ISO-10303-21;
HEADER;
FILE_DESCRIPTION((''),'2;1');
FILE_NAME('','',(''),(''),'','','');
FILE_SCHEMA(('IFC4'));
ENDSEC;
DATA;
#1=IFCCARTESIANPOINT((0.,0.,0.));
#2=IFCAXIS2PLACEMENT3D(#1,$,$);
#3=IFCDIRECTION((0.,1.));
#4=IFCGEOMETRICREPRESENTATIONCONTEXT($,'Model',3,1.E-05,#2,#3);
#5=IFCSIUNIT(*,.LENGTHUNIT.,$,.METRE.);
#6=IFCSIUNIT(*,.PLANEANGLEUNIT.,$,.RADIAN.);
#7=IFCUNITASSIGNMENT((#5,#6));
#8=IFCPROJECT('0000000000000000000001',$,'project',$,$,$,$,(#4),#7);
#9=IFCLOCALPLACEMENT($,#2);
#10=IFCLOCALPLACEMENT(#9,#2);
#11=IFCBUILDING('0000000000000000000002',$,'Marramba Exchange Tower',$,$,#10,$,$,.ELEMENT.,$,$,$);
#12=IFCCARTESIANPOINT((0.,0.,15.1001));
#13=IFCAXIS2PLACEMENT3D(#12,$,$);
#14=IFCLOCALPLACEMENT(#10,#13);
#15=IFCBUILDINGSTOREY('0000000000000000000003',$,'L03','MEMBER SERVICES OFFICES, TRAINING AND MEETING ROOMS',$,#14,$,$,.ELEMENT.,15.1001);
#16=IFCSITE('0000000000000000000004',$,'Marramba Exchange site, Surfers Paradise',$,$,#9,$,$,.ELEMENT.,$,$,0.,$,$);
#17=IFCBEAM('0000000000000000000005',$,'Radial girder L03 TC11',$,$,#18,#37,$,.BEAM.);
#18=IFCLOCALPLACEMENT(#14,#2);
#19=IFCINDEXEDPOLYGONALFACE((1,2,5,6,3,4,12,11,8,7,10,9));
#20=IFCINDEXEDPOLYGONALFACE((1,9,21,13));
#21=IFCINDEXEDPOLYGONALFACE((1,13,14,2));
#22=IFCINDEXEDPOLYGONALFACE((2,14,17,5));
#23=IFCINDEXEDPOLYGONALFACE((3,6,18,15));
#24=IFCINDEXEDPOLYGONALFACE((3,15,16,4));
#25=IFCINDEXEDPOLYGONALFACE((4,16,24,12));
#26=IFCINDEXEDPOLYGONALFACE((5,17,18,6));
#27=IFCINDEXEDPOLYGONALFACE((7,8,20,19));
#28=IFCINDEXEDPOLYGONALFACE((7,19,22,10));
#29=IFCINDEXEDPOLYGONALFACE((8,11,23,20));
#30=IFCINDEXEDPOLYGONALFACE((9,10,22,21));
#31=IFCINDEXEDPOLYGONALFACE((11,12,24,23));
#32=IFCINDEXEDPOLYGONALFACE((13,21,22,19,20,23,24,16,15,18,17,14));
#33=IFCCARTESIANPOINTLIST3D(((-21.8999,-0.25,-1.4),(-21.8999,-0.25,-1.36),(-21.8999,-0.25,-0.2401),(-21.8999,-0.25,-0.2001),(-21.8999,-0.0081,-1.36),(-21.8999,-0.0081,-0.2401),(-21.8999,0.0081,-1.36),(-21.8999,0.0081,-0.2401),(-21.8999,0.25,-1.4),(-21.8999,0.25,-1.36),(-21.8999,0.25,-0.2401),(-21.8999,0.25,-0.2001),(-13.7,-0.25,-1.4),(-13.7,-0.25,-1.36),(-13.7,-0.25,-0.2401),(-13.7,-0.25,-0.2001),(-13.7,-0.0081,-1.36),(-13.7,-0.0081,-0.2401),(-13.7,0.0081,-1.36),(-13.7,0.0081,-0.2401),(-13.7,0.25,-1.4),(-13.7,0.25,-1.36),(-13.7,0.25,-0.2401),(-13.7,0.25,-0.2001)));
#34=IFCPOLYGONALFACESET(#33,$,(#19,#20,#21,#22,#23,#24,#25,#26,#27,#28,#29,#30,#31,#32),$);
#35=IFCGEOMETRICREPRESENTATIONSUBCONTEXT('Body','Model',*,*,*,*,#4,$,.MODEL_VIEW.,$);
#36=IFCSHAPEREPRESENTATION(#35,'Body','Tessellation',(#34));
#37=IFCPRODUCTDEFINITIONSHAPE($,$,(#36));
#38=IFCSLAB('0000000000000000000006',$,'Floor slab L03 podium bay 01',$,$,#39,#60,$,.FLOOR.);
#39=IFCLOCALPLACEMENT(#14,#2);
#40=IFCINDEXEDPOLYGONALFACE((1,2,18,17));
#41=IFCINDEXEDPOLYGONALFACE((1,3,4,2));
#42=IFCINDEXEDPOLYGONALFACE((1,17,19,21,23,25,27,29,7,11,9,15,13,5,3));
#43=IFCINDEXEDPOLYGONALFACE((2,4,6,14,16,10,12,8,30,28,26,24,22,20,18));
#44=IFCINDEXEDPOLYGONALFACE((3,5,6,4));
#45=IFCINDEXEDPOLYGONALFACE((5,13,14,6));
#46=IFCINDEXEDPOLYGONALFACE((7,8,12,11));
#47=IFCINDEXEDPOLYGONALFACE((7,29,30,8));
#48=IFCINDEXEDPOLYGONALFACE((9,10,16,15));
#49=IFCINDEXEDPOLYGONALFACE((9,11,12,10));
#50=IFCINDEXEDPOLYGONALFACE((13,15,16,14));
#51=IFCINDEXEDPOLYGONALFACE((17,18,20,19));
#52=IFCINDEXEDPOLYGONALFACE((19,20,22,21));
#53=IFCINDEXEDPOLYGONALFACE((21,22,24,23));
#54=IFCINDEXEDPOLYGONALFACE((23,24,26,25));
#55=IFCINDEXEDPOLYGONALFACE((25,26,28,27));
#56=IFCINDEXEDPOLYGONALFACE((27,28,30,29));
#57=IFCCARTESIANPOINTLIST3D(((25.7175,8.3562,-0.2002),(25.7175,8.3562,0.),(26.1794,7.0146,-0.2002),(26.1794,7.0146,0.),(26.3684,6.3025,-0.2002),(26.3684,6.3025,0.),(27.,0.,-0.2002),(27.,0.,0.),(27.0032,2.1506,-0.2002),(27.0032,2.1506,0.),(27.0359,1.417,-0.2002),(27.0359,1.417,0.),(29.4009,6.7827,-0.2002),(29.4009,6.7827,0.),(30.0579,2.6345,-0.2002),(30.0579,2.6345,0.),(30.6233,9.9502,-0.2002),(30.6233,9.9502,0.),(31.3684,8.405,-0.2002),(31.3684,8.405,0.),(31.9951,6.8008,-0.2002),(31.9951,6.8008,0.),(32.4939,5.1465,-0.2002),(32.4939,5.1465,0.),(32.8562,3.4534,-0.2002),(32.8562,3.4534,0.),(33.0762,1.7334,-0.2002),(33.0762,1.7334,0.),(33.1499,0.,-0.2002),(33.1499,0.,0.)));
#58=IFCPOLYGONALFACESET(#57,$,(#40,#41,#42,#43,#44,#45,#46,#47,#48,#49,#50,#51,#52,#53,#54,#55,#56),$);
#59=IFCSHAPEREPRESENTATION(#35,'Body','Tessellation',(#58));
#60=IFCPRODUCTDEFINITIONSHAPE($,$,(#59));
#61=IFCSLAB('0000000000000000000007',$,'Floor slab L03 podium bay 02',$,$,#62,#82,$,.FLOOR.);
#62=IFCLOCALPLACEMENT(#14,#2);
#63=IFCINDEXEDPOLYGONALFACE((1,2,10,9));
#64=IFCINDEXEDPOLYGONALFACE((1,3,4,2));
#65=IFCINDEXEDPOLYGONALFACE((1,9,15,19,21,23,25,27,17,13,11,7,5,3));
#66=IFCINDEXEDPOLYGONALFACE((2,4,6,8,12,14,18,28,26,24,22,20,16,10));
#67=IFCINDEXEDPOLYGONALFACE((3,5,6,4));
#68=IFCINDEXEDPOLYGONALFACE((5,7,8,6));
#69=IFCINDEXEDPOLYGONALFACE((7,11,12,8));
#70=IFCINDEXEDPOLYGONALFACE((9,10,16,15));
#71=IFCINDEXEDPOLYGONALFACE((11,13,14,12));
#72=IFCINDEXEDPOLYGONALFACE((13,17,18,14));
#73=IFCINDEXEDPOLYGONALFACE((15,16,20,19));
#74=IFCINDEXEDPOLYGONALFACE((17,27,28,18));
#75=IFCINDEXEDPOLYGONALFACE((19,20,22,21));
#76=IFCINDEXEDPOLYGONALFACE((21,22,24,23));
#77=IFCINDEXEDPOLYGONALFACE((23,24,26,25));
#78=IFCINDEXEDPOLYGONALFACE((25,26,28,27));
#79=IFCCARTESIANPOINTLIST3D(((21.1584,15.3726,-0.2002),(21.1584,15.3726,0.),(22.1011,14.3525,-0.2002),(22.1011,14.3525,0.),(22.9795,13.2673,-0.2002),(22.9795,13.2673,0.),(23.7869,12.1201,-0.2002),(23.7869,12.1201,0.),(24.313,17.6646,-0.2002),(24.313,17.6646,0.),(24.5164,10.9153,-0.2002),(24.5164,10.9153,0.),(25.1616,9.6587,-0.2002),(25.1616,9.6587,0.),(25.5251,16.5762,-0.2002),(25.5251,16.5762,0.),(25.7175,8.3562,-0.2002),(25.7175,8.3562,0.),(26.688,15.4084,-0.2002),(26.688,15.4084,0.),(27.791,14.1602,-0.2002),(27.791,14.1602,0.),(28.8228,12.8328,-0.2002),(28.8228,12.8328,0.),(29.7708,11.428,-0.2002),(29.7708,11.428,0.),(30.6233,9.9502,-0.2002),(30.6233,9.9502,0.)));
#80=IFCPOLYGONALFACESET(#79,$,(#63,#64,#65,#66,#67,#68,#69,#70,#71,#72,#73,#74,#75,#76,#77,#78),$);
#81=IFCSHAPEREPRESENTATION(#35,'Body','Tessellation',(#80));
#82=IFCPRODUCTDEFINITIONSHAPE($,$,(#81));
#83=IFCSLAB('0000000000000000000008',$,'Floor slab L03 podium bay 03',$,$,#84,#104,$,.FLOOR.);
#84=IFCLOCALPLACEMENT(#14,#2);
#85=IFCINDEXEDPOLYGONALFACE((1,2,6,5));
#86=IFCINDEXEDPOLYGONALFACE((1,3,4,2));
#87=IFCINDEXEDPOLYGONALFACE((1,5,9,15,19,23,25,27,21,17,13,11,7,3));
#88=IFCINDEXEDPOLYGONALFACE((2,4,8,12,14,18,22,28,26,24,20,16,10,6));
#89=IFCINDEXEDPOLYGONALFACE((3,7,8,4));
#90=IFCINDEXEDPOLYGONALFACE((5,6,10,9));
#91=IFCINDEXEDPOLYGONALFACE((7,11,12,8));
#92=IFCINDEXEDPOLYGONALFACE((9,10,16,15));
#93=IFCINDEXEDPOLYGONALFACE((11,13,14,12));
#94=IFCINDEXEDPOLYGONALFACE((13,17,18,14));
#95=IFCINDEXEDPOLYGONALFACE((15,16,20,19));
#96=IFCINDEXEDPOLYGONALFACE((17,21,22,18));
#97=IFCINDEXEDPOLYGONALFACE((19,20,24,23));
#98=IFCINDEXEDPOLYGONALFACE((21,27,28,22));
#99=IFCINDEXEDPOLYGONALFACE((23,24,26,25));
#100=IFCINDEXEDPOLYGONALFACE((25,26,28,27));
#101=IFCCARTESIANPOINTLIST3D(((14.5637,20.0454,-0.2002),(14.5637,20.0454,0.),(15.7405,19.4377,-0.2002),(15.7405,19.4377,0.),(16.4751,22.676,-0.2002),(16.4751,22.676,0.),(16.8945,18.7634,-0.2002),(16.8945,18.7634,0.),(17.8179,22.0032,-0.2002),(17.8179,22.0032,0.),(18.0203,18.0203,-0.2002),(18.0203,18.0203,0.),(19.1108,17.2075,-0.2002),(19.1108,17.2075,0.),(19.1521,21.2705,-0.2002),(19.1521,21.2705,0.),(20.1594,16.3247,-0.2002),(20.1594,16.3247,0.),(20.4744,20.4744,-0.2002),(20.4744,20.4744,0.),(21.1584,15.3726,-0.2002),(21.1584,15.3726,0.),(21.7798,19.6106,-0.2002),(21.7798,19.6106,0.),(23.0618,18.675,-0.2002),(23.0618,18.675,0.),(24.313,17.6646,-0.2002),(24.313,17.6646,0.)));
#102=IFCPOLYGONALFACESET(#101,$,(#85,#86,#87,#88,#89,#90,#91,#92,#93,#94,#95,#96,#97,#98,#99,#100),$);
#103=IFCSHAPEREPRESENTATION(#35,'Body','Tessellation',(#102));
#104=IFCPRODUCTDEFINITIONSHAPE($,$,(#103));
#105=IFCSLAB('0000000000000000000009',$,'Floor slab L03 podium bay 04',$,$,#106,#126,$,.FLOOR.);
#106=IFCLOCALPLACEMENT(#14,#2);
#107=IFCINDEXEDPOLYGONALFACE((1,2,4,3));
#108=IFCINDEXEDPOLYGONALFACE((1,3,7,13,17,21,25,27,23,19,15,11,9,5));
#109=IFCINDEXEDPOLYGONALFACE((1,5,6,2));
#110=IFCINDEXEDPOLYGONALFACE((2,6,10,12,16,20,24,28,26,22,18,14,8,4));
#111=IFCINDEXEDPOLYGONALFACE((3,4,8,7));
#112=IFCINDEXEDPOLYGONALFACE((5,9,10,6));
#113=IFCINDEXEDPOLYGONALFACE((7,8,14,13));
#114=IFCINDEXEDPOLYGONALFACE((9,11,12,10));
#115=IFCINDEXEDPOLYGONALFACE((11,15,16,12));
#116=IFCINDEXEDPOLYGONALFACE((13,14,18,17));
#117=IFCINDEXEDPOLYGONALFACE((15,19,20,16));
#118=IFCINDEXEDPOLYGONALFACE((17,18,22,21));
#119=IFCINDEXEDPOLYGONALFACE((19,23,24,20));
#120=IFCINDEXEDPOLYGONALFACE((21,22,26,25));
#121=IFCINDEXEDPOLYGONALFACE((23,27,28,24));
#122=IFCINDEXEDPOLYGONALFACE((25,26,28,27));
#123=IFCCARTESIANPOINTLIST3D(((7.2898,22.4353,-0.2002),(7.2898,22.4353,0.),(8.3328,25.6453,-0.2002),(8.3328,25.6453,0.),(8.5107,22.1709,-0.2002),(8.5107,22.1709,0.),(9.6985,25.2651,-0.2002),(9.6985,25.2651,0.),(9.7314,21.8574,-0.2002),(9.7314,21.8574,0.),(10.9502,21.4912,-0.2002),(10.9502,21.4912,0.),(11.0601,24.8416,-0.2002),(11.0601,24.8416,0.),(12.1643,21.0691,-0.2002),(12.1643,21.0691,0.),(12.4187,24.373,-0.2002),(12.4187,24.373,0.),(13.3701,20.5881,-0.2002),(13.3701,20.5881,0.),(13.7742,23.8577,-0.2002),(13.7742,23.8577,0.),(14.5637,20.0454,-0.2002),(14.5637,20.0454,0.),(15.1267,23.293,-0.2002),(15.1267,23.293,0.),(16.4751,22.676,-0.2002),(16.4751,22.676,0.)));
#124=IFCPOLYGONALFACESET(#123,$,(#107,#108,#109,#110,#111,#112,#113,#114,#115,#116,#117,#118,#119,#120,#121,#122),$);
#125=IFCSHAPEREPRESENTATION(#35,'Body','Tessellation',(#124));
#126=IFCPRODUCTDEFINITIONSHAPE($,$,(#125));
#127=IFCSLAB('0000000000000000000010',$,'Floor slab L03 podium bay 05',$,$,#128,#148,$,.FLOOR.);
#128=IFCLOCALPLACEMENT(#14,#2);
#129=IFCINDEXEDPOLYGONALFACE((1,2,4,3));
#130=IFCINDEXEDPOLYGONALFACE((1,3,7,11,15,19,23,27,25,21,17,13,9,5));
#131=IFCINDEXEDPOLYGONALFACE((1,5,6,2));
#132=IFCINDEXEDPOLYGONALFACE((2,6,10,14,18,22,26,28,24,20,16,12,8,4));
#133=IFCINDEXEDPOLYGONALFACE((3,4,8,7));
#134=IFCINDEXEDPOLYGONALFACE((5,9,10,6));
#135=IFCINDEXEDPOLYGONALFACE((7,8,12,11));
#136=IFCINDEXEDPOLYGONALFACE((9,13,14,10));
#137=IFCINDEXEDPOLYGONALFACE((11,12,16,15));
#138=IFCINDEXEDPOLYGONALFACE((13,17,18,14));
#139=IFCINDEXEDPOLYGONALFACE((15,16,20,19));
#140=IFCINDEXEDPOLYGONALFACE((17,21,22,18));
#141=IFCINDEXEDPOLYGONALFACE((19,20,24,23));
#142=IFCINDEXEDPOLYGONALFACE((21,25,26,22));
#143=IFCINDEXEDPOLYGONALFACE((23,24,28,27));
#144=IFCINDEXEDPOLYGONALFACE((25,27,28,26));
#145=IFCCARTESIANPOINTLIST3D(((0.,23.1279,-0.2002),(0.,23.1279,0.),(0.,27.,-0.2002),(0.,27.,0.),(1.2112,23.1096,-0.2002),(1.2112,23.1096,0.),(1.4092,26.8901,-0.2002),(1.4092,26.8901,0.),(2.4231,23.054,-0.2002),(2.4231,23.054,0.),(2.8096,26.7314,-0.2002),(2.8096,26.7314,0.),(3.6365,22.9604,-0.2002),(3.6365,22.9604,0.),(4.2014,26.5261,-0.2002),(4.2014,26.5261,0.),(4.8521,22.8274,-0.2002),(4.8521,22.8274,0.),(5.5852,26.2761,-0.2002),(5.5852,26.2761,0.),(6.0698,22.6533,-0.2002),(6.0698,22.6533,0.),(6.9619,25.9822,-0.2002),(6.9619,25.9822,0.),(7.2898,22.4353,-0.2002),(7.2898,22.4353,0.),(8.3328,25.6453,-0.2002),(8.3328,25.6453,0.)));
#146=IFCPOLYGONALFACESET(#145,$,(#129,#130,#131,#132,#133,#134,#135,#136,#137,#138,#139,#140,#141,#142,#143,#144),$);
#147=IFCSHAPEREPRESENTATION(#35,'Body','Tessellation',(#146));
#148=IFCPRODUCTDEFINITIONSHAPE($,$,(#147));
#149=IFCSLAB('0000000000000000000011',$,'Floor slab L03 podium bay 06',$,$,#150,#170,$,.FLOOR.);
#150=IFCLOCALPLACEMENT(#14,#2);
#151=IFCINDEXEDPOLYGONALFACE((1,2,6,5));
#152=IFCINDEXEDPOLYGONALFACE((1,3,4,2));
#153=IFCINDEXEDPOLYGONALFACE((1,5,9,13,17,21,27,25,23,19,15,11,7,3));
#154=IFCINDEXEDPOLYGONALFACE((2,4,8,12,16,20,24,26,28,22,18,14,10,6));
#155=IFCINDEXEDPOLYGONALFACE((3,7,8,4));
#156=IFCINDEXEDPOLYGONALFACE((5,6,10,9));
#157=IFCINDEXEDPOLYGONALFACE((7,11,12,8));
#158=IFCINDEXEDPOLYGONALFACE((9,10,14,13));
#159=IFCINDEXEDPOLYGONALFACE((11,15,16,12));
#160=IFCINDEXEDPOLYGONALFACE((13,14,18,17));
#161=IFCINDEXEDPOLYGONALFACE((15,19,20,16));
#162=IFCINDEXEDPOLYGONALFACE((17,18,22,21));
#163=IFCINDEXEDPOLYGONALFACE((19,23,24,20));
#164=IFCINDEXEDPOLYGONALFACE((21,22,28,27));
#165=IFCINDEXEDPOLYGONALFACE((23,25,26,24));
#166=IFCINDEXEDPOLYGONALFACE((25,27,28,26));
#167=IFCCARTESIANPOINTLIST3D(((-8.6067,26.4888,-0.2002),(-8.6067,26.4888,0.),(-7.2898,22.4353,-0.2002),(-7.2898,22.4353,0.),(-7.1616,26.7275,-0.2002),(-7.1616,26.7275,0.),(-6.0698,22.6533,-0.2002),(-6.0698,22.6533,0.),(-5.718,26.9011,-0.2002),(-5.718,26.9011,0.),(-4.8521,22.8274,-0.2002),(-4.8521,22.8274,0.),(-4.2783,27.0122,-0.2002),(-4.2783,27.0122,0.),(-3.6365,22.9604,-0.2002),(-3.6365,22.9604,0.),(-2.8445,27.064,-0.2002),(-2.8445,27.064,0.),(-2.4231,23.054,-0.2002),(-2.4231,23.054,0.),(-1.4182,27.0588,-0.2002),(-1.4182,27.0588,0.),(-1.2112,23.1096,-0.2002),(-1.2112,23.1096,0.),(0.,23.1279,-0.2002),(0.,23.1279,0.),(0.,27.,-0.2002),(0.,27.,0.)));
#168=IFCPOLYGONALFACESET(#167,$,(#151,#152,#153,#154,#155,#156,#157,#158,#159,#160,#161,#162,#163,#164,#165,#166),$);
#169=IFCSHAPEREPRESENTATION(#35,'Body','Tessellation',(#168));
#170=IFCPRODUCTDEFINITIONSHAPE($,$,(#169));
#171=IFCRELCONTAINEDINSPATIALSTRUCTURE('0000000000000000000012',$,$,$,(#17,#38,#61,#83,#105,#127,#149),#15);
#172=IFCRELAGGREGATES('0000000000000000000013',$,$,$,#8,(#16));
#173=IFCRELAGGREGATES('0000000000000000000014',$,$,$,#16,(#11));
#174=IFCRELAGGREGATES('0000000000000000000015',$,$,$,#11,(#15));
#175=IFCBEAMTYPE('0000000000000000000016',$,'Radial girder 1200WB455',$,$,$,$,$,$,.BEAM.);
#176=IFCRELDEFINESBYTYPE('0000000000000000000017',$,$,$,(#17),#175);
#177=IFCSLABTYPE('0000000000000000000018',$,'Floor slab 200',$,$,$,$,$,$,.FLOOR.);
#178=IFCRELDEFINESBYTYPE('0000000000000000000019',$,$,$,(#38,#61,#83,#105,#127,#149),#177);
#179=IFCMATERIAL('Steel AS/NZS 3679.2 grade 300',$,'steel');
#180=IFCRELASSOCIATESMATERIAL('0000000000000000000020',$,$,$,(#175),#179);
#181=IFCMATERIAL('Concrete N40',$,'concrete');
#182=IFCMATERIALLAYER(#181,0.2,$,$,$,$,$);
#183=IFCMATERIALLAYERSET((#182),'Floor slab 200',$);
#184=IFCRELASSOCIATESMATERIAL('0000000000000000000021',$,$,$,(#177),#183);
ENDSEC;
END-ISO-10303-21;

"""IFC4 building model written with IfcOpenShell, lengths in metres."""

from ifc_helpers import new_model, si_unit, direction, frame, origin, origin_2d, place, context, subcontext, project, spatial, polyline, i_section, outline, extrude, material, layer, layer_set, material_profile, profile_set, type_object, element, save


model = new_model("IFC4")

# Units and contexts
model_context = context("Model", 3, precision=1e-05, world=origin(), true_north=direction((0.0, 1.0)))
body_context = subcontext(model_context, "Body", "Model", "MODEL_VIEW")
ifc_project = project(units=[si_unit("LENGTHUNIT", "METRE"), si_unit("PLANEANGLEUNIT", "RADIAN")], contexts=[model_context])

# Site, building, storey
site_placement = place(None, origin())
site = spatial("IfcSite", under=ifc_project, at=site_placement, Name="Marramba Exchange site, Surfers Paradise", CompositionType="ELEMENT", RefElevation=0.0)
building_placement = place(site_placement, origin())
building = spatial("IfcBuilding", under=site, at=building_placement, Name="Marramba Exchange Tower", CompositionType="ELEMENT")
storey_placement = place(building_placement, frame((0.0, 0.0, 15.1001)))
storey = spatial("IfcBuildingStorey", under=building, at=storey_placement, Name="L03", Description="MEMBER SERVICES OFFICES, TRAINING AND MEETING ROOMS", CompositionType="ELEMENT", Elevation=15.1001)

# Beam
ifc_material_1 = material(Name="Steel AS/NZS 3679.2 grade 300", Category="steel")
ifc_material_profile = material_profile(ifc_material_1, i_section(OverallWidth=0.5, OverallDepth=1.2, WebThickness=0.0161, FlangeThickness=0.04, at=origin_2d()), Name="1200WB455")
ifc_profile_set = profile_set([ifc_material_profile], Name="Steel AS/NZS 3679.2 grade 300")
beam_type = type_object("IfcBeamType", Name="Radial girder 1200WB455", PredefinedType="BEAM", material=ifc_profile_set)
beam_placement = place(storey_placement, frame((-13.7, 0.0, -0.8), z_axis=(-1.0, 0.0, 0.0), x_axis=(0.0, -1.0, 0.0)))
element("IfcBeam", 1, at=beam_placement, inside=storey, type_object=beam_type, Name="Radial girder L03 TC11", PredefinedType="BEAM", context=body_context, shape_type="SweptSolid", body=[
    extrude(i_section(OverallWidth=0.5, OverallDepth=1.2, WebThickness=0.0161, FlangeThickness=0.04, at=origin_2d()), origin(), (0.0, 0.0, 1.0), 8.2),
])

# Slabs
ifc_material_2 = material(Name="Concrete N40", Category="concrete")
ifc_layer = layer(ifc_material_2, 0.2)
ifc_layer_set = layer_set([ifc_layer], Name="Floor slab 200")
slab_type = type_object("IfcSlabType", Name="Floor slab 200", PredefinedType="FLOOR", material=ifc_layer_set)
slab_1_placement = place(storey_placement, frame((0.0, 0.0, -0.2002)))
element("IfcSlab", 2, at=slab_1_placement, inside=storey, type_object=slab_type, Name="Floor slab L03 podium bay 01", PredefinedType="FLOOR", context=body_context, shape_type="SweptSolid", body=[
    extrude(outline(polyline([(31.3684, 8.405), (31.9951, 6.8008), (32.4939, 5.1465), (32.8562, 3.4534), (33.0762, 1.7334), (33.1499, 0.0), (27.0, 0.0), (27.0359, 1.417), (27.0032, 2.1506), (30.0579, 2.6345), (29.4009, 6.7827), (26.3684, 6.3025), (26.1794, 7.0146), (25.7175, 8.3562), (30.6233, 9.9502), (31.3684, 8.405)])), origin(), (0.0, 0.0, 1.0), 0.2002),
])
slab_2_placement = place(storey_placement, frame((0.0, 0.0, -0.2002)))
element("IfcSlab", 3, at=slab_2_placement, inside=storey, type_object=slab_type, Name="Floor slab L03 podium bay 02", PredefinedType="FLOOR", context=body_context, shape_type="SweptSolid", body=[
    extrude(outline(polyline([(24.313, 17.6646), (25.5251, 16.5762), (26.688, 15.4084), (27.791, 14.1602), (28.8228, 12.8328), (29.7708, 11.428), (30.6233, 9.9502), (25.7175, 8.3562), (25.1616, 9.6587), (24.5164, 10.9153), (23.7869, 12.1201), (22.9795, 13.2673), (22.1011, 14.3525), (21.1584, 15.3726), (24.313, 17.6646)])), origin(), (0.0, 0.0, 1.0), 0.2002),
])
slab_3_placement = place(storey_placement, frame((0.0, 0.0, -0.2002)))
element("IfcSlab", 4, at=slab_3_placement, inside=storey, type_object=slab_type, Name="Floor slab L03 podium bay 03", PredefinedType="FLOOR", context=body_context, shape_type="SweptSolid", body=[
    extrude(outline(polyline([(17.8179, 22.0032), (19.1521, 21.2705), (20.4744, 20.4744), (21.7798, 19.6106), (23.0618, 18.675), (24.313, 17.6646), (21.1584, 15.3726), (20.1594, 16.3247), (19.1108, 17.2075), (18.0203, 18.0203), (16.8945, 18.7634), (15.7405, 19.4377), (14.5637, 20.0454), (16.4751, 22.676), (17.8179, 22.0032)])), origin(), (0.0, 0.0, 1.0), 0.2002),
])
slab_4_placement = place(storey_placement, frame((0.0, 0.0, -0.2002)))
element("IfcSlab", 5, at=slab_4_placement, inside=storey, type_object=slab_type, Name="Floor slab L03 podium bay 04", PredefinedType="FLOOR", context=body_context, shape_type="SweptSolid", body=[
    extrude(outline(polyline([(8.3328, 25.6453), (9.6985, 25.2651), (11.0601, 24.8416), (12.4187, 24.373), (13.7742, 23.8577), (15.1267, 23.293), (16.4751, 22.676), (14.5637, 20.0454), (13.3701, 20.5881), (12.1643, 21.0691), (10.9502, 21.4912), (9.7314, 21.8574), (8.5107, 22.1709), (7.2898, 22.4353), (8.3328, 25.6453)])), origin(), (0.0, 0.0, 1.0), 0.2002),
])
slab_5_placement = place(storey_placement, frame((0.0, 0.0, -0.2002)))
element("IfcSlab", 6, at=slab_5_placement, inside=storey, type_object=slab_type, Name="Floor slab L03 podium bay 05", PredefinedType="FLOOR", context=body_context, shape_type="SweptSolid", body=[
    extrude(outline(polyline([(1.4092, 26.8901), (2.8096, 26.7314), (4.2014, 26.5261), (5.5852, 26.2761), (6.9619, 25.9822), (8.3328, 25.6453), (7.2898, 22.4353), (6.0698, 22.6533), (4.8521, 22.8274), (3.6365, 22.9604), (2.4231, 23.054), (1.2112, 23.1096), (0.0, 23.1279), (0.0, 27.0), (1.4092, 26.8901)])), origin(), (0.0, 0.0, 1.0), 0.2002),
])
slab_6_placement = place(storey_placement, frame((0.0, 0.0, -0.2002)))
element("IfcSlab", 7, at=slab_6_placement, inside=storey, type_object=slab_type, Name="Floor slab L03 podium bay 06", PredefinedType="FLOOR", context=body_context, shape_type="SweptSolid", body=[
    extrude(outline(polyline([(-7.1616, 26.7275), (-5.718, 26.9011), (-4.2783, 27.0122), (-2.8445, 27.064), (-1.4182, 27.0588), (0.0, 27.0), (0.0, 23.1279), (-1.2112, 23.1096), (-2.4231, 23.054), (-3.6365, 22.9604), (-4.8521, 22.8274), (-6.0698, 22.6533), (-7.2898, 22.4353), (-8.6067, 26.4888), (-7.1616, 26.7275)])), origin(), (0.0, 0.0, 1.0), 0.2002),
])

save(model, "model.ifc")
